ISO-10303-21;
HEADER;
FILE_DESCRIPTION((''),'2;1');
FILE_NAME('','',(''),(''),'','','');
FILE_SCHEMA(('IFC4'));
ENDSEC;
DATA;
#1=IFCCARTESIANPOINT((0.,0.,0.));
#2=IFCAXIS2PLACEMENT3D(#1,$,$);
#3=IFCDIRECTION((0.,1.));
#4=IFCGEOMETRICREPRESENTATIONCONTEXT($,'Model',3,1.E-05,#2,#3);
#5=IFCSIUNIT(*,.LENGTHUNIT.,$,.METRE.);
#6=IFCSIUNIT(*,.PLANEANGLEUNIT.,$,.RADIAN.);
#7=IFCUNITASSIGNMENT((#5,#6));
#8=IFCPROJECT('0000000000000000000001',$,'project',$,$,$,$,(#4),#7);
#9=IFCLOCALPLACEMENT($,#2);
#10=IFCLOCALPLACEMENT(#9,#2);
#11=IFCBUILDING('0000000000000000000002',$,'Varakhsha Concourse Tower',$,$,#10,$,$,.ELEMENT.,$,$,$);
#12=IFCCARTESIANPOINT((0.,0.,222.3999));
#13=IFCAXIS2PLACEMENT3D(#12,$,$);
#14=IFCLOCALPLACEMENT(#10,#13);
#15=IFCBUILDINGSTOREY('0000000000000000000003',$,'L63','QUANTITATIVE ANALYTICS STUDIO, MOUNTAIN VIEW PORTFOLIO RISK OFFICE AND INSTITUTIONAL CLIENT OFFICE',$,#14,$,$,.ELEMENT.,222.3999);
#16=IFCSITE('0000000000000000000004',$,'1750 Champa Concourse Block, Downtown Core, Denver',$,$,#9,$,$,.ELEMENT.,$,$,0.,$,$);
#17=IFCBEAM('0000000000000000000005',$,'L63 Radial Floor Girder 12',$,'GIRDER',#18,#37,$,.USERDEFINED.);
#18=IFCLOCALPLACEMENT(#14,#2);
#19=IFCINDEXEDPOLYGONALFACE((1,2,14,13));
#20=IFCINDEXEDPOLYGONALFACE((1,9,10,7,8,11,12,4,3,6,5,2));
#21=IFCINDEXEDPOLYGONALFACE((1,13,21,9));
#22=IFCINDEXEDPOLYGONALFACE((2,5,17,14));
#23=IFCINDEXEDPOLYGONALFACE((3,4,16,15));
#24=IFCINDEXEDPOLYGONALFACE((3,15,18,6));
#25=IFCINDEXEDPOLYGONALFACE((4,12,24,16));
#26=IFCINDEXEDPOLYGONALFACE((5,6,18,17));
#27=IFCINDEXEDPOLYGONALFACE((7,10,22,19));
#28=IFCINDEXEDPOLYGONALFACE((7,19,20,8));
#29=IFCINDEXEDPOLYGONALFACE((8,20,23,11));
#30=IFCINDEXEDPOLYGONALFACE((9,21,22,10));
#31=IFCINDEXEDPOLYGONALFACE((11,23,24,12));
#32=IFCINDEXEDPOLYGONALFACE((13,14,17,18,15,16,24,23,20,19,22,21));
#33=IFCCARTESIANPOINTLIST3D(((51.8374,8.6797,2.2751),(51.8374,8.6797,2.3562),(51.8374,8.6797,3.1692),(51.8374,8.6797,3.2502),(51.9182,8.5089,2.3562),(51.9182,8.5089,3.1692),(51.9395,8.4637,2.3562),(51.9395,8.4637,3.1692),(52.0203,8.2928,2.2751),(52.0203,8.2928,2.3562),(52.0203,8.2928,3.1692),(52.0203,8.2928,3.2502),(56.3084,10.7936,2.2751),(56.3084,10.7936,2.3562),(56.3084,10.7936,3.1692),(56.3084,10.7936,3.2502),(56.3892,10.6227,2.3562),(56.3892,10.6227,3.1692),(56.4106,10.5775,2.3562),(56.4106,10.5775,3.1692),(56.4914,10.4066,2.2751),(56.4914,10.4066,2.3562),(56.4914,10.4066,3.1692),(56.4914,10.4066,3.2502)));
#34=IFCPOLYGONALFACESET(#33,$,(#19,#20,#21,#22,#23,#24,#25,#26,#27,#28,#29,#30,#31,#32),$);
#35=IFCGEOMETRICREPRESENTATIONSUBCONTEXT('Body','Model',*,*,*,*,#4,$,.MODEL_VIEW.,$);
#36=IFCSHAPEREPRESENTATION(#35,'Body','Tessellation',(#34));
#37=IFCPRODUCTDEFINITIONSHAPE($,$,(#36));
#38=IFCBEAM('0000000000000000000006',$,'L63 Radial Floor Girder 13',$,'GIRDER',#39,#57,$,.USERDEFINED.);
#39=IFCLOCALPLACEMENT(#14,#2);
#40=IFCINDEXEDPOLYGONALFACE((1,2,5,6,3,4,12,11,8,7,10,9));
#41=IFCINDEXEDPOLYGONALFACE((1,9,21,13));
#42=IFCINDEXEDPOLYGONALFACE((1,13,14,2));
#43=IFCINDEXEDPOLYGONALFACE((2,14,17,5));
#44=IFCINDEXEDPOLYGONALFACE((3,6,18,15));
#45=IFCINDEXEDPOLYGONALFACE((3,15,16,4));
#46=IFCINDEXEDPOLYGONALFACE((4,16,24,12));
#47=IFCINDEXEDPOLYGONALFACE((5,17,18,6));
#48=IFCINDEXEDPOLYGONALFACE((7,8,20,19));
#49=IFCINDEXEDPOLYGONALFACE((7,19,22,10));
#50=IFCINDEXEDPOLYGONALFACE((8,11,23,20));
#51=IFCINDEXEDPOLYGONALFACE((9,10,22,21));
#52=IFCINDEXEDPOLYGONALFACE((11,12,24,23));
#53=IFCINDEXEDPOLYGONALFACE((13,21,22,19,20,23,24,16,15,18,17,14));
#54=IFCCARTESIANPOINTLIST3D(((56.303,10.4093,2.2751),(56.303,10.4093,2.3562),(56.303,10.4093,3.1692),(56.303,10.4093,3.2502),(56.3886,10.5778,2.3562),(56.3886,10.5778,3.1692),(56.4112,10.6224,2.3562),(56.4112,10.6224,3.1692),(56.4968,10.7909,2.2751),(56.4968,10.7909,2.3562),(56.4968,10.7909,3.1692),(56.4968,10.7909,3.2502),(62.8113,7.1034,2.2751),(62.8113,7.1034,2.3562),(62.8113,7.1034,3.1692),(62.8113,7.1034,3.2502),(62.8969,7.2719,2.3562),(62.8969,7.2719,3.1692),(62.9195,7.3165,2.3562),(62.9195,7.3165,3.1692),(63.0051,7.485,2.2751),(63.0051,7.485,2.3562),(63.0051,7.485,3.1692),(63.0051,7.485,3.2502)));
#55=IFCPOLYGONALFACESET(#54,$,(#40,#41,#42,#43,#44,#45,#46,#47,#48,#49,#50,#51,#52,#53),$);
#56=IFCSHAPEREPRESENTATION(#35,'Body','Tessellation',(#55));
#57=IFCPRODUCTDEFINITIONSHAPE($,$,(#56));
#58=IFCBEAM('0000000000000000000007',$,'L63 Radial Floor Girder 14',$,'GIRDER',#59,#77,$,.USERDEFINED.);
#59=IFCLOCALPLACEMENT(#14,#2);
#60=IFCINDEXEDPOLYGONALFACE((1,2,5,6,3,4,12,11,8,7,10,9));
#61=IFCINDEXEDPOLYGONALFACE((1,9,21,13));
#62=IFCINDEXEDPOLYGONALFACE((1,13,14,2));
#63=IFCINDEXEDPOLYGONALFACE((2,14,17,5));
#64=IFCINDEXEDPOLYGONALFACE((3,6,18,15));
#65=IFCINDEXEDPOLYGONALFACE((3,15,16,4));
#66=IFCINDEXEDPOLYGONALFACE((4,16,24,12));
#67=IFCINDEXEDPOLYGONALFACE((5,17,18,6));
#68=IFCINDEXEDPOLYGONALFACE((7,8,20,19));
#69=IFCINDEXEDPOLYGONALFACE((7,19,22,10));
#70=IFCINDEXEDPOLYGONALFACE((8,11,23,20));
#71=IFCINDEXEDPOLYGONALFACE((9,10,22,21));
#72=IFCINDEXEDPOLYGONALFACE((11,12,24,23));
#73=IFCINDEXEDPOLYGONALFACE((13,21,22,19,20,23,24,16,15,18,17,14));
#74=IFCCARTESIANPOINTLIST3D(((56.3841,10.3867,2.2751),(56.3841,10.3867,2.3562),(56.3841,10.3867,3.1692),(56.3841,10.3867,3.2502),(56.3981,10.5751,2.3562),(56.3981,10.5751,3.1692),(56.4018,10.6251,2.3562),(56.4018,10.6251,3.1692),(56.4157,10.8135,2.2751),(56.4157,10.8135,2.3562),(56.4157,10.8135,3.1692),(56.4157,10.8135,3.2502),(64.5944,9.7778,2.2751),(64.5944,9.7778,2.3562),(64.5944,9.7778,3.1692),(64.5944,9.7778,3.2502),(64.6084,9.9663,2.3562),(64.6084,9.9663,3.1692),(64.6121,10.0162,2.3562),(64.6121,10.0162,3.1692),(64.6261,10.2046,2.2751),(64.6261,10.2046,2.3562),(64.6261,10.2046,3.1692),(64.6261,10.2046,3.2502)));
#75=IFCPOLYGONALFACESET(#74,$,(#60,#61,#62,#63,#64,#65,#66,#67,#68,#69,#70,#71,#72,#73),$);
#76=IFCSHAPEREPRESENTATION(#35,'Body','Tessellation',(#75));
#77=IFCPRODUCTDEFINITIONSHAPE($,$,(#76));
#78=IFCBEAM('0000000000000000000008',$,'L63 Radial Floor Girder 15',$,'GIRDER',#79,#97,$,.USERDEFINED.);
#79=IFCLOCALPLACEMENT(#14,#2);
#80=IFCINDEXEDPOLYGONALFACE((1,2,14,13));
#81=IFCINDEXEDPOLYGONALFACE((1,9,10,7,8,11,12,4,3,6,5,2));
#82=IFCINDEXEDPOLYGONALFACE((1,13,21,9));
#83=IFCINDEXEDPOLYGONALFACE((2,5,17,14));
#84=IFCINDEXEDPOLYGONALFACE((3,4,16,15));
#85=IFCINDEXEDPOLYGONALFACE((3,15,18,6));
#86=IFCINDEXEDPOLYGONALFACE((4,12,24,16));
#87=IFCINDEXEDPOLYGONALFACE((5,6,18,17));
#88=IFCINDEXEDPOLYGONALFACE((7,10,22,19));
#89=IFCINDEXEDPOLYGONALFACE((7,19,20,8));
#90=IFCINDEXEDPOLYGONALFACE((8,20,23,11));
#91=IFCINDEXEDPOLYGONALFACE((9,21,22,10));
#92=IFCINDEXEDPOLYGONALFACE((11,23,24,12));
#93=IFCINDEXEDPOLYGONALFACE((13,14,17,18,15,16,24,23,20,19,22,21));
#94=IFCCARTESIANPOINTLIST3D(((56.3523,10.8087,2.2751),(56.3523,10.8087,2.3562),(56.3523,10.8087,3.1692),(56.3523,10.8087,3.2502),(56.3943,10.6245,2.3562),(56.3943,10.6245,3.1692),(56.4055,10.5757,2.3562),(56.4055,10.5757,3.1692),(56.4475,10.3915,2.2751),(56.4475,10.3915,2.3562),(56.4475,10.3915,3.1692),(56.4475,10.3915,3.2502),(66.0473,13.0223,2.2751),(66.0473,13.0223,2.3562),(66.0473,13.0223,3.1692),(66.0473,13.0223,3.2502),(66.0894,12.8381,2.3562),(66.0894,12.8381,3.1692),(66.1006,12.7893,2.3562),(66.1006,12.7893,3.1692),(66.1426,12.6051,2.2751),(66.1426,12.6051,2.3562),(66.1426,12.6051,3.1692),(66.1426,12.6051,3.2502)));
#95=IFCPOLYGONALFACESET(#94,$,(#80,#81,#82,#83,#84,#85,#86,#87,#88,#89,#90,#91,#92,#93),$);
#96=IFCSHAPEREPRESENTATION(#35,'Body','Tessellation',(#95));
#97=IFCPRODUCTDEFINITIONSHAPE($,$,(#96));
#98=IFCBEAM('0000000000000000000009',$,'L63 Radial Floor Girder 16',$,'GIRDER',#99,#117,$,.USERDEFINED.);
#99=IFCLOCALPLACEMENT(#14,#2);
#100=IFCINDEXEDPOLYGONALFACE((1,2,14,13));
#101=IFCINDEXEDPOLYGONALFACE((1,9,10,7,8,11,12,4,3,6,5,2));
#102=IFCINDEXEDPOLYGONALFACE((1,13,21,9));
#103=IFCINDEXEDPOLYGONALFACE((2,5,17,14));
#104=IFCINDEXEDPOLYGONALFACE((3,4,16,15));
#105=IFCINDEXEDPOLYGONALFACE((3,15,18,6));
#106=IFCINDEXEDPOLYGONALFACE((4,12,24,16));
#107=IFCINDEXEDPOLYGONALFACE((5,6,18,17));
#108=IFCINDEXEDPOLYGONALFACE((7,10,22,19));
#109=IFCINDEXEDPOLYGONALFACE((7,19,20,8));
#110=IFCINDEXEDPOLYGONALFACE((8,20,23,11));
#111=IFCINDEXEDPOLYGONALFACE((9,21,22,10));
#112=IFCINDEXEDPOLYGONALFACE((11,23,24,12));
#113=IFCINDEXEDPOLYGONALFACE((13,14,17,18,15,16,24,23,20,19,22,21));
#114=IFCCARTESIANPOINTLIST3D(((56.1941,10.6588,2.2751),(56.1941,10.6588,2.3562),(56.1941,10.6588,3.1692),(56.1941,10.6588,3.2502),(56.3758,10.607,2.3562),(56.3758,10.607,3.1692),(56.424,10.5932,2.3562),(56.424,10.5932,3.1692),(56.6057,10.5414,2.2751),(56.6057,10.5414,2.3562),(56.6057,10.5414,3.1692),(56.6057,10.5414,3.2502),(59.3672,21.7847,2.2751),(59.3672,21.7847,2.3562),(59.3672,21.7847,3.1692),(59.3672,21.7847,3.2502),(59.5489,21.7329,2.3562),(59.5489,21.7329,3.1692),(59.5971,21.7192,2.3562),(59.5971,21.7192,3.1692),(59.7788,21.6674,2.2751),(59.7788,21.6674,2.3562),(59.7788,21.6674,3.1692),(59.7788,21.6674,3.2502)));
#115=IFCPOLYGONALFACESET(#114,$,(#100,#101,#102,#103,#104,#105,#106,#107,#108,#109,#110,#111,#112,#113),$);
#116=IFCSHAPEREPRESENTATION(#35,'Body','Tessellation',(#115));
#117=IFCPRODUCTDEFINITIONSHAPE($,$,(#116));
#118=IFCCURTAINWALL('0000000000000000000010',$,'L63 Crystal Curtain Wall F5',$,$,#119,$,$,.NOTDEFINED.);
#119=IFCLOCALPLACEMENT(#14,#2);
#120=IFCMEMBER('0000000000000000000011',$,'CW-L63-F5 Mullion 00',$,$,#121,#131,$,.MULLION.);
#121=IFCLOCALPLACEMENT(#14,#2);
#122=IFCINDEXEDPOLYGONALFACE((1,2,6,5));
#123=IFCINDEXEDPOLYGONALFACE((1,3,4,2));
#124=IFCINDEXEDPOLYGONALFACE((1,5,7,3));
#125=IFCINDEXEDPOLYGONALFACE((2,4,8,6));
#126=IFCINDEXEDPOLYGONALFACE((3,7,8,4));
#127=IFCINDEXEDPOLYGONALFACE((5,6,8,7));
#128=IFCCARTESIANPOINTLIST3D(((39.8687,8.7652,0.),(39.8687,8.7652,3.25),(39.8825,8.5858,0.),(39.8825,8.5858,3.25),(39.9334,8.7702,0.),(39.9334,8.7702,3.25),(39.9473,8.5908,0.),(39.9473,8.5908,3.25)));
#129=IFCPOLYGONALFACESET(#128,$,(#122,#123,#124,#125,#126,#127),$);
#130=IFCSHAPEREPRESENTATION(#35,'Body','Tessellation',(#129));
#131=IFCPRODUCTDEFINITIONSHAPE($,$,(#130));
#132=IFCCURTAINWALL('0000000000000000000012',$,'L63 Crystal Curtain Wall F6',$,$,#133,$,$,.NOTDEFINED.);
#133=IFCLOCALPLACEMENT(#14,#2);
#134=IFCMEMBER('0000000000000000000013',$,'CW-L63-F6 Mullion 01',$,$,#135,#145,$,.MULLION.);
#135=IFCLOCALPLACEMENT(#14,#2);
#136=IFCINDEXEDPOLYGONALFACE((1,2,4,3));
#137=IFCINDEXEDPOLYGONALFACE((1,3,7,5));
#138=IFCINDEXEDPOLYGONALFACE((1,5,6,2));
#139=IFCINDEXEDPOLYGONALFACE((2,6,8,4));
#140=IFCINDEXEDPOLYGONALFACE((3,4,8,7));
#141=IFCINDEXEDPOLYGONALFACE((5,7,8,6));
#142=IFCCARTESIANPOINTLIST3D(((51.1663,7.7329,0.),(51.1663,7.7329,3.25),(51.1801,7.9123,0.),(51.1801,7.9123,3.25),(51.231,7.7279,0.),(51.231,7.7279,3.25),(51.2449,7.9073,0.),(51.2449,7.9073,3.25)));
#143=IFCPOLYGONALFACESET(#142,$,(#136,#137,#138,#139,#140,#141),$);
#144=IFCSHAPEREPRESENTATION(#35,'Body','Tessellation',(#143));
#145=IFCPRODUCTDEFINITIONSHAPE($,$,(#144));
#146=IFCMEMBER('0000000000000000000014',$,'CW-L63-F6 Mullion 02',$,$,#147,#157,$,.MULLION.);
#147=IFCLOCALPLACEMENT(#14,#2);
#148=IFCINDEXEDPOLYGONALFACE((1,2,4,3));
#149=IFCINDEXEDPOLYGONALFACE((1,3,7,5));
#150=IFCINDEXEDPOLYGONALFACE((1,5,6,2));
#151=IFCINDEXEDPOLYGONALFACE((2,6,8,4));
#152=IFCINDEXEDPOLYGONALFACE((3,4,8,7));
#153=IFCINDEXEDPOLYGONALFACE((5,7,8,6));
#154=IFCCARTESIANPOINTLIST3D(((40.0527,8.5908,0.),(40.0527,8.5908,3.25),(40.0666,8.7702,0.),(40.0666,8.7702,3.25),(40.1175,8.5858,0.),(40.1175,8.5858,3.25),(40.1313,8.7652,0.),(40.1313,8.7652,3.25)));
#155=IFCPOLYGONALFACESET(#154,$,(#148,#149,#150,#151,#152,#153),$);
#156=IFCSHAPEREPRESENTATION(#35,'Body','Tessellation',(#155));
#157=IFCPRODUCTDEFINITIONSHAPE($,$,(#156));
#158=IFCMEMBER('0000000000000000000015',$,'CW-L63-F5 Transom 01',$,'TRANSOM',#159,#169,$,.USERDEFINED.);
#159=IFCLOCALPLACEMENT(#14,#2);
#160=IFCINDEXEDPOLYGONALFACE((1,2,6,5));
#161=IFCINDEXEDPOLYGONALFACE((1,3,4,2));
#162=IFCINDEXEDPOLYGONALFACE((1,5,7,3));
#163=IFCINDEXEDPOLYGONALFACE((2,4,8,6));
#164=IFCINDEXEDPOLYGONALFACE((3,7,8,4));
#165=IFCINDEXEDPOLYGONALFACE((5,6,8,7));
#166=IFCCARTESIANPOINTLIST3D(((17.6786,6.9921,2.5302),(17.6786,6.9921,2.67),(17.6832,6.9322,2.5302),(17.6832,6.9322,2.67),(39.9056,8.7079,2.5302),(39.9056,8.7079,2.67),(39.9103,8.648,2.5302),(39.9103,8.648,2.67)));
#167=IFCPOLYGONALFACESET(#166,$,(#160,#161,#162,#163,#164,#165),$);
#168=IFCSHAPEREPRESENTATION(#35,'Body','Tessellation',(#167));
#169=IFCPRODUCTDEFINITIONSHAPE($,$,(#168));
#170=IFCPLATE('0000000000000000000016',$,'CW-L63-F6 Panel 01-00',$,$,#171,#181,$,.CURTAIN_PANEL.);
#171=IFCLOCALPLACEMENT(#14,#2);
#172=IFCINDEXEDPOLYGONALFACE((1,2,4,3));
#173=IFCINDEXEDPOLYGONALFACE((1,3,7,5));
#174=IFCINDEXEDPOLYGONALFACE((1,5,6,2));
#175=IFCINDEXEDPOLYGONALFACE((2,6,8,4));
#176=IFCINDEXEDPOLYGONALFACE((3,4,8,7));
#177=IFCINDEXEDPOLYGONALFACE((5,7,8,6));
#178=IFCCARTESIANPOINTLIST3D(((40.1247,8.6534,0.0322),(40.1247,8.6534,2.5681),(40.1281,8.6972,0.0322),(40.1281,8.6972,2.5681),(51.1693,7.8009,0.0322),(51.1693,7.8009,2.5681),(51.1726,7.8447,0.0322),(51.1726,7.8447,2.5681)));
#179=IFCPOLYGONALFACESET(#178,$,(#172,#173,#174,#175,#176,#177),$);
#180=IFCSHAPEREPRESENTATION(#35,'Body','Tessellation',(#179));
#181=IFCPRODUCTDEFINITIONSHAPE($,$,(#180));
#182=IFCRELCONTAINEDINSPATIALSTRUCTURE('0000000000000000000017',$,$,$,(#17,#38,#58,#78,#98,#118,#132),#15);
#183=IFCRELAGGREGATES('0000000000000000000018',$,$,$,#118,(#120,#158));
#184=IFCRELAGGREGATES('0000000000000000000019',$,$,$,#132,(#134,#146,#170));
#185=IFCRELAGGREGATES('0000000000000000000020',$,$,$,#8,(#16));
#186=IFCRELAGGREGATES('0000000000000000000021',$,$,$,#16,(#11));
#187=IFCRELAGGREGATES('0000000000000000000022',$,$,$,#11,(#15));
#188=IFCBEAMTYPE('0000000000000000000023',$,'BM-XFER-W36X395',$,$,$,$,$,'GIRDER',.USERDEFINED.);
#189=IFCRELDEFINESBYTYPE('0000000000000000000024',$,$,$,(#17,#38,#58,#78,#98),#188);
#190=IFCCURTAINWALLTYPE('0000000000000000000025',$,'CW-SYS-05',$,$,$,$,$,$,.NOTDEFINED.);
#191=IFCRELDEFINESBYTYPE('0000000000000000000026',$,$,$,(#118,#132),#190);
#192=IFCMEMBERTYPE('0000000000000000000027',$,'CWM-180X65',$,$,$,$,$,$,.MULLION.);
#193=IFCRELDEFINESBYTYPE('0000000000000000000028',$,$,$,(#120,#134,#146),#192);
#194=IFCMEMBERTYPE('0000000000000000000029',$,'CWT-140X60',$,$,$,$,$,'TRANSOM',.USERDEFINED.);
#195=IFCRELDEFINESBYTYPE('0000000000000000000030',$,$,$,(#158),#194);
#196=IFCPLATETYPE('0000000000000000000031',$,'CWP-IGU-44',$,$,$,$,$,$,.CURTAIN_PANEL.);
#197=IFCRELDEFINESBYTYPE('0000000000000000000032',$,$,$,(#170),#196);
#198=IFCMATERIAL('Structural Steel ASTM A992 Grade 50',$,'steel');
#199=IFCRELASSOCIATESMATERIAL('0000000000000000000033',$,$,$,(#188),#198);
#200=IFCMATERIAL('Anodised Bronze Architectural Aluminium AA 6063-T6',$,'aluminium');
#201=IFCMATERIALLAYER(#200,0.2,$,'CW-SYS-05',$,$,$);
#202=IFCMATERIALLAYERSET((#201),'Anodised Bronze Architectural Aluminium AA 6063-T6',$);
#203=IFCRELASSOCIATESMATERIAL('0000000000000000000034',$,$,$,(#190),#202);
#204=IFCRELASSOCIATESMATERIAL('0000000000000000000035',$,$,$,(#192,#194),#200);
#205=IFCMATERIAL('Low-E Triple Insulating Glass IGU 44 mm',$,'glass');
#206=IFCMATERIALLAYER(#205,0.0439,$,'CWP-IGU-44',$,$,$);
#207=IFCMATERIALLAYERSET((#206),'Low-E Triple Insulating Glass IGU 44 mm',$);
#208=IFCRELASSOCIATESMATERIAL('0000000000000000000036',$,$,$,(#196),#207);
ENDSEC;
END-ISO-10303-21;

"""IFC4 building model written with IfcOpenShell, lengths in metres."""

from ifc_helpers import new_model, si_unit, direction, frame, origin, origin_2d, place, context, subcontext, project, spatial, rectangle, i_section, extrude, source, transform, mapped, material, layer, layer_set, material_profile, profile_set, type_object, type_shapes, element, aggregate, save


model = new_model("IFC4")

# Units and contexts
model_context = context("Model", 3, precision=1e-05, world=origin(), true_north=direction((0.0, 1.0)))
body_context = subcontext(model_context, "Body", "Model", "MODEL_VIEW")
ifc_project = project(units=[si_unit("LENGTHUNIT", "METRE"), si_unit("PLANEANGLEUNIT", "RADIAN")], contexts=[model_context])

# Site, building, storey
site_placement = place(None, origin())
site = spatial("IfcSite", under=ifc_project, at=site_placement, Name="1750 Champa Concourse Block, Downtown Core, Denver", CompositionType="ELEMENT", RefElevation=0.0)
building_placement = place(site_placement, origin())
building = spatial("IfcBuilding", under=site, at=building_placement, Name="Varakhsha Concourse Tower", CompositionType="ELEMENT")
storey_placement = place(building_placement, frame((0.0, 0.0, 222.3999)))
storey = spatial("IfcBuildingStorey", under=building, at=storey_placement, Name="L63", Description="QUANTITATIVE ANALYTICS STUDIO, MOUNTAIN VIEW PORTFOLIO RISK OFFICE AND INSTITUTIONAL CLIENT OFFICE", CompositionType="ELEMENT", Elevation=222.3999)

# Shared definitions
ifc_material_1 = material(Name="Structural Steel ASTM A992 Grade 50", Category="steel")

# Beams
ifc_material_profile_1 = material_profile(ifc_material_1, i_section(OverallWidth=0.428, OverallDepth=0.9751, WebThickness=0.05, FlangeThickness=0.0811, at=origin_2d()), Name="W36X395")
ifc_profile_set_1 = profile_set([ifc_material_profile_1], Name="Structural Steel ASTM A992 Grade 50")
beam_type_1 = type_object("IfcBeamType", Name="BM-XFER-W36X395", ElementType="GIRDER", PredefinedType="USERDEFINED", material=ifc_profile_set_1)
beam_1_placement = place(storey_placement, frame((56.3999, 10.6001, 2.7627), z_axis=(-0.904054, -0.427418, 0.0), x_axis=(0.427418, -0.904054, 0.0)))
element("IfcBeam", 1, at=beam_1_placement, inside=storey, type_object=beam_type_1, Name="L63 Radial Floor Girder 12", ObjectType="GIRDER", PredefinedType="USERDEFINED", context=body_context, shape_type="SweptSolid", body=[
    extrude(i_section(OverallWidth=0.428, OverallDepth=0.9751, WebThickness=0.05, FlangeThickness=0.0811, at=origin_2d()), origin(), (0.0, 0.0, 1.0), 4.9456),
])
beam_2_placement = place(storey_placement, frame((56.3999, 10.6001, 2.7627), z_axis=(0.891573, -0.452877, 0.0), x_axis=(0.452877, 0.891573, 0.0)))
element("IfcBeam", 2, at=beam_2_placement, inside=storey, type_object=beam_type_1, Name="L63 Radial Floor Girder 13", ObjectType="GIRDER", PredefinedType="USERDEFINED", context=body_context, shape_type="SweptSolid", body=[
    extrude(i_section(OverallWidth=0.428, OverallDepth=0.9751, WebThickness=0.05, FlangeThickness=0.0811, at=origin_2d()), origin(), (0.0, 0.0, 1.0), 7.2998),
])
beam_3_placement = place(storey_placement, frame((56.3999, 10.6001, 2.7627), z_axis=(0.997261, -0.073957, 0.0), x_axis=(0.073957, 0.997261, 0.0)))
element("IfcBeam", 3, at=beam_3_placement, inside=storey, type_object=beam_type_1, Name="L63 Radial Floor Girder 14", ObjectType="GIRDER", PredefinedType="USERDEFINED", context=body_context, shape_type="SweptSolid", body=[
    extrude(i_section(OverallWidth=0.428, OverallDepth=0.9751, WebThickness=0.05, FlangeThickness=0.0811, at=origin_2d()), origin(), (0.0, 0.0, 1.0), 8.2329),
])
beam_4_placement = place(storey_placement, frame((56.3999, 10.6001, 2.7627), z_axis=(0.974911, 0.222596, 0.0), x_axis=(-0.222596, 0.974911, 0.0)))
element("IfcBeam", 4, at=beam_4_placement, inside=storey, type_object=beam_type_1, Name="L63 Radial Floor Girder 15", ObjectType="GIRDER", PredefinedType="USERDEFINED", context=body_context, shape_type="SweptSolid", body=[
    extrude(i_section(OverallWidth=0.428, OverallDepth=0.9751, WebThickness=0.05, FlangeThickness=0.0811, at=origin_2d()), origin(), (0.0, 0.0, 1.0), 9.9446),
])
beam_5_placement = place(storey_placement, frame((56.3999, 10.6001, 2.7627), z_axis=(0.274261, 0.961655, 0.0), x_axis=(-0.961655, 0.274261, 0.0)))
element("IfcBeam", 5, at=beam_5_placement, inside=storey, type_object=beam_type_1, Name="L63 Radial Floor Girder 16", ObjectType="GIRDER", PredefinedType="USERDEFINED", context=body_context, shape_type="SweptSolid", body=[
    extrude(i_section(OverallWidth=0.428, OverallDepth=0.9751, WebThickness=0.05, FlangeThickness=0.0811, at=origin_2d()), origin(), (0.0, 0.0, 1.0), 11.5696),
])

# Curtain wall, member
ifc_material_2 = material(Name="Anodised Bronze Architectural Aluminium AA 6063-T6", Category="aluminium")
ifc_layer_1 = layer(ifc_material_2, 0.2, Name="CW-SYS-05")
ifc_layer_set_1 = layer_set([ifc_layer_1], Name="Anodised Bronze Architectural Aluminium AA 6063-T6")
curtain_wall_type = type_object("IfcCurtainWallType", Name="CW-SYS-05", PredefinedType="NOTDEFINED", material=ifc_layer_set_1)
curtain_wall_1_placement = place(storey_placement, origin())
curtain_wall_1 = element("IfcCurtainWall", 6, at=curtain_wall_1_placement, inside=storey, type_object=curtain_wall_type, Name="L63 Crystal Curtain Wall F5", PredefinedType="NOTDEFINED")
ifc_material_profile_2 = material_profile(ifc_material_2, rectangle(XDim=0.0649, YDim=0.1799, at=origin_2d()), Name="CWM-180X65")
ifc_profile_set_2 = profile_set([ifc_material_profile_2], Name="Anodised Bronze Architectural Aluminium AA 6063-T6")
member_type_1 = type_object("IfcMemberType", Name="CWM-180X65", PredefinedType="MULLION", material=ifc_profile_set_2)
shared_shape_1 = source(origin(), body_context, "Body", "SweptSolid", [
    extrude(rectangle(XDim=0.0649, YDim=0.1799, at=origin_2d()), origin(), (0.0, 0.0, 1.0), 3.25),
])
type_shapes(member_type_1, [shared_shape_1])
member_1_placement = place(storey_placement, frame((39.908, 8.678, 0.0), z_axis=(0.0, 0.0, 1.0), x_axis=(-0.997034, -0.076961, 0.0)))
member_1 = element("IfcMember", 7, at=member_1_placement, type_object=member_type_1, Name="CW-L63-F5 Mullion 00", PredefinedType="MULLION", context=body_context, shape_type="MappedRepresentation", body=[
    mapped(shared_shape_1, transform((0.0, 0.0, 0.0), scale=1.0)),
])

# Curtain wall, members
curtain_wall_2_placement = place(storey_placement, origin())
curtain_wall_2 = element("IfcCurtainWall", 8, at=curtain_wall_2_placement, inside=storey, type_object=curtain_wall_type, Name="L63 Crystal Curtain Wall F6", PredefinedType="NOTDEFINED")
member_2_placement = place(storey_placement, frame((51.2056, 7.8201, 0.0), z_axis=(0.0, 0.0, 1.0), x_axis=(-0.997034, 0.076961, 0.0)))
member_2 = element("IfcMember", 9, at=member_2_placement, type_object=member_type_1, Name="CW-L63-F6 Mullion 01", PredefinedType="MULLION", context=body_context, shape_type="MappedRepresentation", body=[
    mapped(shared_shape_1, transform((0.0, 0.0, 0.0), scale=1.0)),
])
member_3_placement = place(storey_placement, frame((40.092, 8.678, 0.0), z_axis=(0.0, 0.0, 1.0), x_axis=(-0.997034, 0.076961, 0.0)))
member_3 = element("IfcMember", 10, at=member_3_placement, type_object=member_type_1, Name="CW-L63-F6 Mullion 02", PredefinedType="MULLION", context=body_context, shape_type="MappedRepresentation", body=[
    mapped(shared_shape_1, transform((0.0, 0.0, 0.0), scale=1.0)),
])

# Member
ifc_material_profile_3 = material_profile(ifc_material_2, rectangle(XDim=0.0601, YDim=0.1399, at=origin_2d()), Name="CWT-140X60")
ifc_profile_set_3 = profile_set([ifc_material_profile_3], Name="Anodised Bronze Architectural Aluminium AA 6063-T6")
member_type_2 = type_object("IfcMemberType", Name="CWT-140X60", ElementType="TRANSOM", PredefinedType="USERDEFINED", material=ifc_profile_set_3)
shared_shape_2 = source(origin(), body_context, "Body", "SweptSolid", [
    extrude(rectangle(XDim=0.0601, YDim=0.1399, at=origin_2d()), origin(), (0.0, 0.0, 1.0), 22.2932),
])
type_shapes(member_type_2, [shared_shape_2])
member_4_placement = place(storey_placement, frame((39.908, 8.678, 2.6001), z_axis=(-0.997034, -0.076966, 0.0), x_axis=(0.076966, -0.997034, 0.0)))
member_4 = element("IfcMember", 11, at=member_4_placement, type_object=member_type_2, Name="CW-L63-F5 Transom 01", ObjectType="TRANSOM", PredefinedType="USERDEFINED", context=body_context, shape_type="MappedRepresentation", body=[
    mapped(shared_shape_2, transform((0.0, 0.0, 0.0), scale=1.0)),
])
aggregate(curtain_wall_1, [member_1, member_4])

# Plate
ifc_material_3 = material(Name="Low-E Triple Insulating Glass IGU 44 mm", Category="glass")
ifc_layer_2 = layer(ifc_material_3, 0.0439, Name="CWP-IGU-44")
ifc_layer_set_2 = layer_set([ifc_layer_2], Name="Low-E Triple Insulating Glass IGU 44 mm")
plate_type_1 = type_object("IfcPlateType", Name="CWP-IGU-44", PredefinedType="CURTAIN_PANEL", material=ifc_layer_set_2)
shared_shape_3 = source(origin(), body_context, "Body", "SweptSolid", [
    extrude(rectangle(XDim=11.0774, YDim=0.0439, at=origin_2d()), origin(), (0.0, 0.0, 1.0), 2.5359),
])
type_shapes(plate_type_1, [shared_shape_3])
plate_1_placement = place(storey_placement, frame((45.6487, 8.249, 0.0322), z_axis=(0.0, 0.0, 1.0), x_axis=(-0.997034, 0.076961, 0.0)))
plate_1 = element("IfcPlate", 12, at=plate_1_placement, type_object=plate_type_1, Name="CW-L63-F6 Panel 01-00", PredefinedType="CURTAIN_PANEL", context=body_context, shape_type="MappedRepresentation", body=[
    mapped(shared_shape_3, transform((0.0, 0.0, 0.0), scale=1.0)),
])
aggregate(curtain_wall_2, [member_2, member_3, plate_1])

save(model, "model.ifc")
